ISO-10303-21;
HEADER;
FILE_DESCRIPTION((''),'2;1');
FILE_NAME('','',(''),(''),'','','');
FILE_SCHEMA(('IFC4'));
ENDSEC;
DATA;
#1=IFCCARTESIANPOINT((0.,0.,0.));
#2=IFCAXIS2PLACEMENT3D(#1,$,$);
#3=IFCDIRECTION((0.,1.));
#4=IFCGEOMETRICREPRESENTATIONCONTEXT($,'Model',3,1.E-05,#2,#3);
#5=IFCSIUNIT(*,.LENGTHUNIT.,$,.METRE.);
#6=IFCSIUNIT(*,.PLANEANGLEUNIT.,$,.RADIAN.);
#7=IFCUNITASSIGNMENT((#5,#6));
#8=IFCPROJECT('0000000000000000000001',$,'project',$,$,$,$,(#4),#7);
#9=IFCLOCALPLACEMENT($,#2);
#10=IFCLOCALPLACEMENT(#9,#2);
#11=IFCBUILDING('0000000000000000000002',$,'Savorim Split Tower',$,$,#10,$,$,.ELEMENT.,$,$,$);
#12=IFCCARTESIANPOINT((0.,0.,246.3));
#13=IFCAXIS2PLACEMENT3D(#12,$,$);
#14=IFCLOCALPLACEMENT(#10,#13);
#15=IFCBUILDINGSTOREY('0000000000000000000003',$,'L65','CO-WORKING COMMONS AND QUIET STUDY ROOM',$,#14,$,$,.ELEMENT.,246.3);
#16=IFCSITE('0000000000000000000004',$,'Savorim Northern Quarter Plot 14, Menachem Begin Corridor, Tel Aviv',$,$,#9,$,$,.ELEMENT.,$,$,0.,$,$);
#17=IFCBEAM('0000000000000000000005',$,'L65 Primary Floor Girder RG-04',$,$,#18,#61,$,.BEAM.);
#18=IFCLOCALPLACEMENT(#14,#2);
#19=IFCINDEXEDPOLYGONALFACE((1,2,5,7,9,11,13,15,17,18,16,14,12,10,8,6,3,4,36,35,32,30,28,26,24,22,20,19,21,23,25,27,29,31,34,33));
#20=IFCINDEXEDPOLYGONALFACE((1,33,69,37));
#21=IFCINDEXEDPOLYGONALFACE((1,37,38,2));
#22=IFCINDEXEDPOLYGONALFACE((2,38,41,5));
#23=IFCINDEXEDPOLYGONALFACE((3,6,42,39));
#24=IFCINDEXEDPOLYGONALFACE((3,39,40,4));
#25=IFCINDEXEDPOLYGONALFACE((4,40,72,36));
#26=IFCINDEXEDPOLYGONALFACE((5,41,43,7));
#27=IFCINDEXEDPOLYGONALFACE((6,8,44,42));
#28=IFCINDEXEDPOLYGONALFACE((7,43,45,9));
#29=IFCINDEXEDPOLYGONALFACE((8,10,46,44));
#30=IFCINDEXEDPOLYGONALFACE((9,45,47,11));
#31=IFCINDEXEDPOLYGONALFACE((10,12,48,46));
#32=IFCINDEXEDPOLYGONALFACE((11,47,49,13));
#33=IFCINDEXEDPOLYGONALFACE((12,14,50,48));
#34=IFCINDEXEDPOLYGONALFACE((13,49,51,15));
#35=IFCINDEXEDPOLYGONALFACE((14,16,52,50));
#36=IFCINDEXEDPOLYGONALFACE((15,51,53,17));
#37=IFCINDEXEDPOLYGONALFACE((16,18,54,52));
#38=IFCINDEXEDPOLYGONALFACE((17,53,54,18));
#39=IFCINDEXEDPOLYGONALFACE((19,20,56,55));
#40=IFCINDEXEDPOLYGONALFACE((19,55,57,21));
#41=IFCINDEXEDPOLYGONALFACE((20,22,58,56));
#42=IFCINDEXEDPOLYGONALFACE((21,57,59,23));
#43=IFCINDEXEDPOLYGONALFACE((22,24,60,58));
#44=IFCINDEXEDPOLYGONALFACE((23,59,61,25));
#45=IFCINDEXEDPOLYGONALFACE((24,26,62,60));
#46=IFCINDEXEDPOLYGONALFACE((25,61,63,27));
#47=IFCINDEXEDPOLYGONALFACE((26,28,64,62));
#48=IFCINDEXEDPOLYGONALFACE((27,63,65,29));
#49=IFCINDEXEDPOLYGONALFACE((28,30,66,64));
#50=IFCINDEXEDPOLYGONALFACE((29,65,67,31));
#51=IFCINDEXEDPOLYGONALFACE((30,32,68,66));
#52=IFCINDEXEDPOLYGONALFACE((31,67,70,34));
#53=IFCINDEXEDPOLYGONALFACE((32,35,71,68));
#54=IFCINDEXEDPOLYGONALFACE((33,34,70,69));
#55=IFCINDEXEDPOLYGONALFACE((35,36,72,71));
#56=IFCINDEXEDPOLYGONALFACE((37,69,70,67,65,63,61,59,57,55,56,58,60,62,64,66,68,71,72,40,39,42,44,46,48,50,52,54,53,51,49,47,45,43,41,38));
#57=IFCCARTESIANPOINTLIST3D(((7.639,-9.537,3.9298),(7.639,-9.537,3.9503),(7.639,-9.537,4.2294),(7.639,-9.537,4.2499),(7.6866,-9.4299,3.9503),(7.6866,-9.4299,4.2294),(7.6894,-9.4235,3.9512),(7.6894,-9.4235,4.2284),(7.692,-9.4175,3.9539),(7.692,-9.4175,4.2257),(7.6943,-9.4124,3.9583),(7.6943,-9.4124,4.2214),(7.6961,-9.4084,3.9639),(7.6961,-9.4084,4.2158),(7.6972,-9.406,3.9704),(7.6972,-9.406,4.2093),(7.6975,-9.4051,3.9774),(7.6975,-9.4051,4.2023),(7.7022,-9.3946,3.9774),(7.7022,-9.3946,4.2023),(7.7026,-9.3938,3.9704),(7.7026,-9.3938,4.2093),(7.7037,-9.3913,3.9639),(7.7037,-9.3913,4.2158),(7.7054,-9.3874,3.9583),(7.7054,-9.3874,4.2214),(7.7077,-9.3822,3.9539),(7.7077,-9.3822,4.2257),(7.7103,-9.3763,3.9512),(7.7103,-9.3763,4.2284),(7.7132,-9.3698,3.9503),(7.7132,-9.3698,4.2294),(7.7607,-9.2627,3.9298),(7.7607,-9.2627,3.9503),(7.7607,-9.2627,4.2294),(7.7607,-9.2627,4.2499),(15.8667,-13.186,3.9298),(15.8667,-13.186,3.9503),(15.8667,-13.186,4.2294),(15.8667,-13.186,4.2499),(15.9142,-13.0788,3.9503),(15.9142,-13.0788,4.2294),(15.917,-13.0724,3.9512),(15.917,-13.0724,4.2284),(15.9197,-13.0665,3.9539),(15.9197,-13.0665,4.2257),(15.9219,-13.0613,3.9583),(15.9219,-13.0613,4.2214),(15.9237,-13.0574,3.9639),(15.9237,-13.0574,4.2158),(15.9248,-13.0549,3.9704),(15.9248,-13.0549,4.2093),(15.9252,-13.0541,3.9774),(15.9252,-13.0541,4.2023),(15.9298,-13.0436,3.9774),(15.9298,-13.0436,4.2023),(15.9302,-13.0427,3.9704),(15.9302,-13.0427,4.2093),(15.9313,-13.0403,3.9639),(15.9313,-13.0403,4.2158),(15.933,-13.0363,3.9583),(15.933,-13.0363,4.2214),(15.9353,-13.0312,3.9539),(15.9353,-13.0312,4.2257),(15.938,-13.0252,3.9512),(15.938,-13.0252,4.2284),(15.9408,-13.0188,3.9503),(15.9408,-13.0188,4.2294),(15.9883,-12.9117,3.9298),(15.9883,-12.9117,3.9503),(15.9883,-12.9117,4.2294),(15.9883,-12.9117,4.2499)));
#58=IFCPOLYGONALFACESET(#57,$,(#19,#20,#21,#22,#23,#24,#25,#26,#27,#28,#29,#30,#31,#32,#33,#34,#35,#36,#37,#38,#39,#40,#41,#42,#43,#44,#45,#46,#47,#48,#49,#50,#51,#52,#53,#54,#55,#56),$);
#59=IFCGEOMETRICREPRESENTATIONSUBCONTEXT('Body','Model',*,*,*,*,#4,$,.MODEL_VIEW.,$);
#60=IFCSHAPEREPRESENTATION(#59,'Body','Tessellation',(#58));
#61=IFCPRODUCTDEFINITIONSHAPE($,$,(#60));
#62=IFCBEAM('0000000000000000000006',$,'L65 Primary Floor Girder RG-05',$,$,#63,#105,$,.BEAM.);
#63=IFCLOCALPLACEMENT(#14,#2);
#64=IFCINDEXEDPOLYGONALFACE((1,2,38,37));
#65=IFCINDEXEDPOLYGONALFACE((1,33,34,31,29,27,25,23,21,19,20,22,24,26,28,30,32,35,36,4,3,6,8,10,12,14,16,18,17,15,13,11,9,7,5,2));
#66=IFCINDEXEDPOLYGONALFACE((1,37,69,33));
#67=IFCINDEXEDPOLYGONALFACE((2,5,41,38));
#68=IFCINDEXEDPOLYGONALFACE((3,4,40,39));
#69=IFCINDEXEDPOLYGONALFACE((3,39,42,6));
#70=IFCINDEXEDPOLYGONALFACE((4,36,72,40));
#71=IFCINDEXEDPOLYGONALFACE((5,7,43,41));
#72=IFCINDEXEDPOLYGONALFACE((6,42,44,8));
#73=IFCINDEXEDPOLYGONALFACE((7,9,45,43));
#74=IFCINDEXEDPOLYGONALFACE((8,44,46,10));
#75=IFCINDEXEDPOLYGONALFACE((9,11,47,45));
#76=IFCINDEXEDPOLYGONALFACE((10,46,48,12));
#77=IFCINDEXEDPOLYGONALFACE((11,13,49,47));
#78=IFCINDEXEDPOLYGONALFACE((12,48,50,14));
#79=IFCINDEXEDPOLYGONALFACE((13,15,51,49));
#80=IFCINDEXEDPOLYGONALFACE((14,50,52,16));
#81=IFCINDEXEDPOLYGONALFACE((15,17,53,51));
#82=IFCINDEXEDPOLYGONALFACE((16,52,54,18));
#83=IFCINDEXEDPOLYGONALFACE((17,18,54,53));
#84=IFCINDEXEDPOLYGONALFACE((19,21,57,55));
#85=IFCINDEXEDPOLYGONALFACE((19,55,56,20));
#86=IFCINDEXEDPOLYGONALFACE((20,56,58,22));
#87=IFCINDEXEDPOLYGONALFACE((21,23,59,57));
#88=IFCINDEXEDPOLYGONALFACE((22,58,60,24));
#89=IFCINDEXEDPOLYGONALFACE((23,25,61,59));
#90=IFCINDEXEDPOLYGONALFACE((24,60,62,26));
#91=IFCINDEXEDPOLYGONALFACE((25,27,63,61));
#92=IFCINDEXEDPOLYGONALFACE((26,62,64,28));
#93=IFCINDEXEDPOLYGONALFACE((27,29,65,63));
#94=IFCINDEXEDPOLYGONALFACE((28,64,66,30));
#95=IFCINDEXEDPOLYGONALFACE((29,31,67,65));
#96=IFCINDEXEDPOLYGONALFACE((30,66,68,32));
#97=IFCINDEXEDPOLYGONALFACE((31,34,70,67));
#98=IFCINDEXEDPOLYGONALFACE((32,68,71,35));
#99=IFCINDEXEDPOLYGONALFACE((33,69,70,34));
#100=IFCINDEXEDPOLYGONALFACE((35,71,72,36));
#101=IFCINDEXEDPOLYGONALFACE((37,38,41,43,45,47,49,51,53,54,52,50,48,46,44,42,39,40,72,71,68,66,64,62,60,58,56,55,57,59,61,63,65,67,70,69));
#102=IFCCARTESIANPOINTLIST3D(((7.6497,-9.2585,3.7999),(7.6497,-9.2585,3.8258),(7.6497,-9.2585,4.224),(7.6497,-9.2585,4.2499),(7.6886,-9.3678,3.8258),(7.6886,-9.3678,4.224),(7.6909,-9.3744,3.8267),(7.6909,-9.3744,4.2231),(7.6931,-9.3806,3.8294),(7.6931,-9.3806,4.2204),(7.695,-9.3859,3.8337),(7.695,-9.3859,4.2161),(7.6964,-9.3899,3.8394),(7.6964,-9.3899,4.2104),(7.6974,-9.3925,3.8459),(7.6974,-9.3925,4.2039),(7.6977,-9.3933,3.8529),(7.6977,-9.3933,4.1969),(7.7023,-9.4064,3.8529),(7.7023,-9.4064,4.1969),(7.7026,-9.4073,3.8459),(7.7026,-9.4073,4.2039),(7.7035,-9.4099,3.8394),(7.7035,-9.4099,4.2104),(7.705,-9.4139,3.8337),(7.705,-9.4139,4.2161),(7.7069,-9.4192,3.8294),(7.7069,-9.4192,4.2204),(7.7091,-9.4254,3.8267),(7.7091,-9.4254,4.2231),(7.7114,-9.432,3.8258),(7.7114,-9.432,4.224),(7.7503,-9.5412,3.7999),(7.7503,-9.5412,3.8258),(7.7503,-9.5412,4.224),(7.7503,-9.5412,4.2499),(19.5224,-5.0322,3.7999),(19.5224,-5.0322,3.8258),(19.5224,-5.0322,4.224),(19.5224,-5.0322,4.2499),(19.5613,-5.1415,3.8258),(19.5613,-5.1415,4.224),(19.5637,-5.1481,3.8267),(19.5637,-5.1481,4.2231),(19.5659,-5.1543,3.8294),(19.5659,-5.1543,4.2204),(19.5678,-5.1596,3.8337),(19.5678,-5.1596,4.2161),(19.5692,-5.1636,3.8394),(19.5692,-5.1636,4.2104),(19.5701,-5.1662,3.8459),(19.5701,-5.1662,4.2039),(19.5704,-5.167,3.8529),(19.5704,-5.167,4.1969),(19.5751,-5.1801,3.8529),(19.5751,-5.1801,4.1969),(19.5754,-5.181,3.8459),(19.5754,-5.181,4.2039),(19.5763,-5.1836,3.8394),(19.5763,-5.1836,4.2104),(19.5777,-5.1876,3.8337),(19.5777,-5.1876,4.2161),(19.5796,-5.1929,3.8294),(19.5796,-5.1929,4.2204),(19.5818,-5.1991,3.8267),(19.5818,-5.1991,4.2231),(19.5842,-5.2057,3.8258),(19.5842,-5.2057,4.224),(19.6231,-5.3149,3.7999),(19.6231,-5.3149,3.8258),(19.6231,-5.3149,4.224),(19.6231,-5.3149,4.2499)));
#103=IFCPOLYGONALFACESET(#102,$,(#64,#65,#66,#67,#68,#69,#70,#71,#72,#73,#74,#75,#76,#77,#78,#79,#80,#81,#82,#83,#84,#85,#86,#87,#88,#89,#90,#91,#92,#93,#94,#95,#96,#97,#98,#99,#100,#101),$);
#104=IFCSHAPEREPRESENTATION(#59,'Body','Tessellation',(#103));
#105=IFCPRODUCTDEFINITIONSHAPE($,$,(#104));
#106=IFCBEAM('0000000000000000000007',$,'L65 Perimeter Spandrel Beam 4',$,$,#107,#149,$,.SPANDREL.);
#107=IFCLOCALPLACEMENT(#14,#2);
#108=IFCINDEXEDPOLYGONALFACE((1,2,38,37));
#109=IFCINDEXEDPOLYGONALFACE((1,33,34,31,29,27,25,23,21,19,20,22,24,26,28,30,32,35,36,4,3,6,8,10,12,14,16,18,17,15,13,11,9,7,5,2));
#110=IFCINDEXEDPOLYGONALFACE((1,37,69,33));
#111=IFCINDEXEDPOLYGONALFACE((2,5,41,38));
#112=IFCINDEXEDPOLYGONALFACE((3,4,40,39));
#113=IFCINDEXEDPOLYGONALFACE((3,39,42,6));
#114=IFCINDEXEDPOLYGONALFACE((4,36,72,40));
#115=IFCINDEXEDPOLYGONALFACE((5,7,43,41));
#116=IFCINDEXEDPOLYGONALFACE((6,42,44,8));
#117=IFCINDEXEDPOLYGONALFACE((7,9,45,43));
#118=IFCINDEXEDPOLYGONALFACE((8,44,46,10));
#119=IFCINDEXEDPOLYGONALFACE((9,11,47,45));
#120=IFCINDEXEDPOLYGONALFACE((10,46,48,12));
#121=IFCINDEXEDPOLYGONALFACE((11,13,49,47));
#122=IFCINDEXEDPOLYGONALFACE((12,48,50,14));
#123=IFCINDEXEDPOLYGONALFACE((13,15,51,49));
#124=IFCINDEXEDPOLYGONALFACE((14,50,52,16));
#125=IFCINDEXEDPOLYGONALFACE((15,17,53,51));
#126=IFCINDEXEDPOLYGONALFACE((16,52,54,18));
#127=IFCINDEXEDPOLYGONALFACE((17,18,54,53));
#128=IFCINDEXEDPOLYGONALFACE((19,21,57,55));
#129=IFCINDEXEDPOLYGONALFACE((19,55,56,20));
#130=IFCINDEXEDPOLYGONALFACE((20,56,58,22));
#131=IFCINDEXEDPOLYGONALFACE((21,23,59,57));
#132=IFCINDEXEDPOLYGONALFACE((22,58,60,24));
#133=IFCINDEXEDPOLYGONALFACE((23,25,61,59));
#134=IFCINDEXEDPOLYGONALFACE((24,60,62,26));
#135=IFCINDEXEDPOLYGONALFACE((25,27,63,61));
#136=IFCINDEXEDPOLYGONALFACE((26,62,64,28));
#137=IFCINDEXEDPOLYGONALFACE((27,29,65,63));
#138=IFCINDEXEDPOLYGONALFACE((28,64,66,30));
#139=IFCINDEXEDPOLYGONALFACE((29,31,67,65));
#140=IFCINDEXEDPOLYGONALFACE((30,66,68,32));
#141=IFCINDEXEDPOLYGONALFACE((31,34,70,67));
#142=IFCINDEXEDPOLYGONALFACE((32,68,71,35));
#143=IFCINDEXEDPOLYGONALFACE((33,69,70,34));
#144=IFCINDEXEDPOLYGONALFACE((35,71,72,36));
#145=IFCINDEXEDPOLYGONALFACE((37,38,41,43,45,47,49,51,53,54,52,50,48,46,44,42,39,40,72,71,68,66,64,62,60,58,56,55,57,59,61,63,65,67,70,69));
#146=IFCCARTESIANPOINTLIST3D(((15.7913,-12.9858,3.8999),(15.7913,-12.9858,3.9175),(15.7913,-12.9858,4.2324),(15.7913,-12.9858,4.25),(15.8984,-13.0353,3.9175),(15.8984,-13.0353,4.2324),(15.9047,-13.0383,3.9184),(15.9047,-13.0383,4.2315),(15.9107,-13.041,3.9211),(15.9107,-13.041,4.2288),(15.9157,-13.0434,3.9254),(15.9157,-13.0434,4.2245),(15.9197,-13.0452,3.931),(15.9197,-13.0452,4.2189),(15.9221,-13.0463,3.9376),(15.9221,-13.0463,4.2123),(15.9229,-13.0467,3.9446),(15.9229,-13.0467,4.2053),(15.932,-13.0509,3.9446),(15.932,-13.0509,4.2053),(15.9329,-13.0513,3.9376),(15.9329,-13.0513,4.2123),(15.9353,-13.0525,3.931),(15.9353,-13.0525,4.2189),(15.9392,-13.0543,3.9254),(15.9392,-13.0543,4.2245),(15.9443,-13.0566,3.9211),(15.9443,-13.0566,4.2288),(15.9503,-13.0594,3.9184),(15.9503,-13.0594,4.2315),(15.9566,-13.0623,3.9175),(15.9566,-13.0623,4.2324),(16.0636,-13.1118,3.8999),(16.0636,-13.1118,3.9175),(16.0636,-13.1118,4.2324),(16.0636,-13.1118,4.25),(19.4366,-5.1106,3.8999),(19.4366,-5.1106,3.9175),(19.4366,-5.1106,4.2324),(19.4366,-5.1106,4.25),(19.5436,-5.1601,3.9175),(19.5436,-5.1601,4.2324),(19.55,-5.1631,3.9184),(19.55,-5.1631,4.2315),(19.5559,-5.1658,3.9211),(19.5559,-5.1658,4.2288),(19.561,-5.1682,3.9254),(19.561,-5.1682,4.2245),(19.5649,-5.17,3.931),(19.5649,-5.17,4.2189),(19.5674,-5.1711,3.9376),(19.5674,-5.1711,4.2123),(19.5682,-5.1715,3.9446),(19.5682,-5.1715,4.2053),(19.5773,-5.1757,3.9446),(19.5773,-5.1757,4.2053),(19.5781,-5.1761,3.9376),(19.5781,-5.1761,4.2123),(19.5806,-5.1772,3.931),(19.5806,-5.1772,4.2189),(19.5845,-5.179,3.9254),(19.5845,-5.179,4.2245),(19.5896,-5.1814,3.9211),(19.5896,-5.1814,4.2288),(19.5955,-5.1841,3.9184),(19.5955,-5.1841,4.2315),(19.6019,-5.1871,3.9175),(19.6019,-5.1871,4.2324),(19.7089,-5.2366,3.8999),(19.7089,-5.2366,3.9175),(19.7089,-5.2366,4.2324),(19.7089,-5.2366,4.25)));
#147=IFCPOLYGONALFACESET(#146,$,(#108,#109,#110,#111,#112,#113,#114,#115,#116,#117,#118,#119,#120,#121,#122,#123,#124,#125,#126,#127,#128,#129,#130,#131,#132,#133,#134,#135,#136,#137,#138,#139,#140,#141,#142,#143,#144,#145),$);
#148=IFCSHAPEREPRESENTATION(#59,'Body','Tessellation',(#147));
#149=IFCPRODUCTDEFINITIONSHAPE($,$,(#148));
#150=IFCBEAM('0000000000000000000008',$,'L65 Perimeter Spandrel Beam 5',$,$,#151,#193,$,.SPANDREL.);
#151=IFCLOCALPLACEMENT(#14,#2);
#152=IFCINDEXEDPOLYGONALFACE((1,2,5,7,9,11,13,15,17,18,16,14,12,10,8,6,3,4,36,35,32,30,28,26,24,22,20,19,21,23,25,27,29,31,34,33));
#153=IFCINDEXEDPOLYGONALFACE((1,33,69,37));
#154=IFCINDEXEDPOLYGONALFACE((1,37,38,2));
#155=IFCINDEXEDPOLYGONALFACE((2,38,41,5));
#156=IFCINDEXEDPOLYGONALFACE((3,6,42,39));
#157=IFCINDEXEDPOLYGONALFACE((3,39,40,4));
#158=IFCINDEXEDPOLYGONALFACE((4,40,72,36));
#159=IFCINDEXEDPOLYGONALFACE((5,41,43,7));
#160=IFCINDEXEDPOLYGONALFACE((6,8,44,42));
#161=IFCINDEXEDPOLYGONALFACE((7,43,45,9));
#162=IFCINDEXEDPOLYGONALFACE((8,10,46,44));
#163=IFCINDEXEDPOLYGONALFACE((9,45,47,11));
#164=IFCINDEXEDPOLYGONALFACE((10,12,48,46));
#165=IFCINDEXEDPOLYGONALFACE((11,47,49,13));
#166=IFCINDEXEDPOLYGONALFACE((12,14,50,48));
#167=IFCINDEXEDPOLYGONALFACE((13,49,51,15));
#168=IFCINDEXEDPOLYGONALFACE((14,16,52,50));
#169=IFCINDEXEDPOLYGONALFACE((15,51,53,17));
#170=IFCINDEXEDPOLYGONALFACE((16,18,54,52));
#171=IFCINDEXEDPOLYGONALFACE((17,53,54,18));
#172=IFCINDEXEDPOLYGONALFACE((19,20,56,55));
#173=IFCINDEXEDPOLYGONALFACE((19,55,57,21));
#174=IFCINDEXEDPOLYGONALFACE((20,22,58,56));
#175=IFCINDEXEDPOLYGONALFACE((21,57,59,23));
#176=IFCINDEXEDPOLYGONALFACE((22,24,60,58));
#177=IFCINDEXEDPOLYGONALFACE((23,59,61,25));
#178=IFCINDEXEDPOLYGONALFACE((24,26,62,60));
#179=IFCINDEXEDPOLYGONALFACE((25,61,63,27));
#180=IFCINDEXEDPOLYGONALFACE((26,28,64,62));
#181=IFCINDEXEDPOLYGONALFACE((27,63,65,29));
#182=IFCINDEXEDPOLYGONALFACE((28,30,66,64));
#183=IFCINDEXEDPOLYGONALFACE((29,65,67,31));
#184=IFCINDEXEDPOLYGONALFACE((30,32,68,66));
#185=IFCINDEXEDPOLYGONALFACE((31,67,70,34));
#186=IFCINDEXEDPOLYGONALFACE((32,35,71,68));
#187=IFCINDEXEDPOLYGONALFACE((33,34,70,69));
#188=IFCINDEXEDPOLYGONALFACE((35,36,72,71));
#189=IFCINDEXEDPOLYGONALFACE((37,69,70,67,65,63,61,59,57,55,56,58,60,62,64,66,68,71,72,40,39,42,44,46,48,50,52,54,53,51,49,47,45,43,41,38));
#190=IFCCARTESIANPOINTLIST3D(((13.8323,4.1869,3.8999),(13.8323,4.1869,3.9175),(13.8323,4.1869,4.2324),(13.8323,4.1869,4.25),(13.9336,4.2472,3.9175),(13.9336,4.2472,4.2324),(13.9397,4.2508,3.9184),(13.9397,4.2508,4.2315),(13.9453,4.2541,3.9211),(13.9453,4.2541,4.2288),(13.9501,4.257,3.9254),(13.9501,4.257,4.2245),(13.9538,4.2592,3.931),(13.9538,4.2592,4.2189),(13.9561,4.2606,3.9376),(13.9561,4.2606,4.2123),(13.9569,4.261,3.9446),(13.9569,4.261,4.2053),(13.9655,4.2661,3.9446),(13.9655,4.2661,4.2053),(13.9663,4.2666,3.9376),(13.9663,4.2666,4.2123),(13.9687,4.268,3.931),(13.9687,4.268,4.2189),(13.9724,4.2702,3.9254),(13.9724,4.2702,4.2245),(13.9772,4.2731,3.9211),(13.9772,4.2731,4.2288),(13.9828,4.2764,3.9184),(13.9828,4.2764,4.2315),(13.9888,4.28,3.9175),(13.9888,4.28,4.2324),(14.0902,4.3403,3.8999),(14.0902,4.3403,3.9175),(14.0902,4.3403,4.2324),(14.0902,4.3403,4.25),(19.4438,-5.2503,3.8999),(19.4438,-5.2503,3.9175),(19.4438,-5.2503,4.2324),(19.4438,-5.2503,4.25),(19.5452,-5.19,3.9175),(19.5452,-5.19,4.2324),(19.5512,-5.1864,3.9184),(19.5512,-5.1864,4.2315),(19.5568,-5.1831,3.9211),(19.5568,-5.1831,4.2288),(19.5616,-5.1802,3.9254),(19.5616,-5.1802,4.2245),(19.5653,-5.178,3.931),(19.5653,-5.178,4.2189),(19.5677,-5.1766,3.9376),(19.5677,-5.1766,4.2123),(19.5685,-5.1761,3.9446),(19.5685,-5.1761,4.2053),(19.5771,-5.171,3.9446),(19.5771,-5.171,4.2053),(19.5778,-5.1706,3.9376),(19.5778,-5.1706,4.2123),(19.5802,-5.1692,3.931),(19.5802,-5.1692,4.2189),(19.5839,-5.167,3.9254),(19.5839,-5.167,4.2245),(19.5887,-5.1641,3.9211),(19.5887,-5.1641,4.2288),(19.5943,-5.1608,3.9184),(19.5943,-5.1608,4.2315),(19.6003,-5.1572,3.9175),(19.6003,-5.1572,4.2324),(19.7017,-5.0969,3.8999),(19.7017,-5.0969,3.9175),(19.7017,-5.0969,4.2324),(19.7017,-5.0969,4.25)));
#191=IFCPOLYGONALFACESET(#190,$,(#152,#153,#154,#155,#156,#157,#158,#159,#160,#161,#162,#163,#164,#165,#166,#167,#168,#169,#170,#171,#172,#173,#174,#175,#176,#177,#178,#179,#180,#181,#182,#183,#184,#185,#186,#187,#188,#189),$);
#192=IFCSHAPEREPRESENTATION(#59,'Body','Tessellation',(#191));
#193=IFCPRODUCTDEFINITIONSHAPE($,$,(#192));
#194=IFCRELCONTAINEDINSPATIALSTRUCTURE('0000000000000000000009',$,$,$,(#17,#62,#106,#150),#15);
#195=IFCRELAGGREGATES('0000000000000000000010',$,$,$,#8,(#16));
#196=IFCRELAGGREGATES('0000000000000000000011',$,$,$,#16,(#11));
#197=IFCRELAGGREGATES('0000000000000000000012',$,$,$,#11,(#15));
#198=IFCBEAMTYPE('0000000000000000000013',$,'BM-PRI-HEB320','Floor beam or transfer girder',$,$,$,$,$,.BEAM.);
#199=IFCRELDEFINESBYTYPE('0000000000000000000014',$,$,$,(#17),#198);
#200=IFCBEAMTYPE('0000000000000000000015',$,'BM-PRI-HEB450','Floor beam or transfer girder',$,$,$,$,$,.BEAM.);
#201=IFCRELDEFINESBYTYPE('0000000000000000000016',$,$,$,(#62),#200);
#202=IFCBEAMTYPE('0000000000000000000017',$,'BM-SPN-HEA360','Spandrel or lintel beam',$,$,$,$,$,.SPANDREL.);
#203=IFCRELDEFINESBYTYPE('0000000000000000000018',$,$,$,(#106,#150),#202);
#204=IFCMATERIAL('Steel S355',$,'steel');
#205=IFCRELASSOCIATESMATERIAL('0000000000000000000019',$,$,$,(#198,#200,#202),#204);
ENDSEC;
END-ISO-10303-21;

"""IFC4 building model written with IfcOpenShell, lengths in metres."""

from ifc_helpers import new_model, si_unit, direction, frame, origin, origin_2d, place, context, subcontext, project, spatial, i_section, extrude, material, material_profile, profile_set, type_object, element, save


model = new_model("IFC4")

# Units and contexts
model_context = context("Model", 3, precision=1e-05, world=origin(), true_north=direction((0.0, 1.0)))
body_context = subcontext(model_context, "Body", "Model", "MODEL_VIEW")
ifc_project = project(units=[si_unit("LENGTHUNIT", "METRE"), si_unit("PLANEANGLEUNIT", "RADIAN")], contexts=[model_context])

# Site, building, storey
site_placement = place(None, origin())
site = spatial("IfcSite", under=ifc_project, at=site_placement, Name="Savorim Northern Quarter Plot 14, Menachem Begin Corridor, Tel Aviv", CompositionType="ELEMENT", RefElevation=0.0)
building_placement = place(site_placement, origin())
building = spatial("IfcBuilding", under=site, at=building_placement, Name="Savorim Split Tower", CompositionType="ELEMENT")
storey_placement = place(building_placement, frame((0.0, 0.0, 246.3)))
storey = spatial("IfcBuildingStorey", under=building, at=storey_placement, Name="L65", Description="CO-WORKING COMMONS AND QUIET STUDY ROOM", CompositionType="ELEMENT", Elevation=246.3)

# Shared definitions
ifc_material_1 = material(Name="Steel S355", Category="steel")

# Beams
ifc_material_profile_1 = material_profile(ifc_material_1, i_section(OverallWidth=0.3, OverallDepth=0.3201, WebThickness=0.0115, FlangeThickness=0.0205, FilletRadius=0.0271, at=origin_2d()), Name="HEB 320")
ifc_profile_set_1 = profile_set([ifc_material_profile_1], Name="Steel S355")
beam_type_1 = type_object("IfcBeamType", Name="BM-PRI-HEB320", Description="Floor beam or transfer girder", PredefinedType="BEAM", material=ifc_profile_set_1)
beam_1_placement = place(storey_placement, frame((15.9275, -13.0488, 4.0898), z_axis=(-0.914131, 0.405419, 0.0), x_axis=(-0.405419, -0.914131, 0.0)))
element("IfcBeam", 1, at=beam_1_placement, inside=storey, type_object=beam_type_1, Name="L65 Primary Floor Girder RG-04", PredefinedType="BEAM", context=body_context, shape_type="SweptSolid", body=[
    extrude(i_section(OverallWidth=0.3, OverallDepth=0.3201, WebThickness=0.0115, FlangeThickness=0.0205, FilletRadius=0.0271, at=origin_2d()), origin(), (0.0, 0.0, 1.0), 9.0005),
])
ifc_material_profile_2 = material_profile(ifc_material_1, i_section(OverallWidth=0.3, OverallDepth=0.45, WebThickness=0.0139, FlangeThickness=0.0259, FilletRadius=0.0271, at=origin_2d()), Name="HEB 450")
ifc_profile_set_2 = profile_set([ifc_material_profile_2], Name="Steel S355")
beam_type_2 = type_object("IfcBeamType", Name="BM-PRI-HEB450", Description="Floor beam or transfer girder", PredefinedType="BEAM", material=ifc_profile_set_2)
beam_2_placement = place(storey_placement, frame((19.5728, -5.1736, 4.0249), z_axis=(-0.942092, -0.335353, 0.0), x_axis=(0.335353, -0.942092, 0.0)))
element("IfcBeam", 2, at=beam_2_placement, inside=storey, type_object=beam_type_2, Name="L65 Primary Floor Girder RG-05", PredefinedType="BEAM", context=body_context, shape_type="SweptSolid", body=[
    extrude(i_section(OverallWidth=0.3, OverallDepth=0.45, WebThickness=0.0139, FlangeThickness=0.0259, FilletRadius=0.0271, at=origin_2d()), origin(), (0.0, 0.0, 1.0), 12.6025),
])
ifc_material_profile_3 = material_profile(ifc_material_1, i_section(OverallWidth=0.3, OverallDepth=0.3501, WebThickness=0.01, FlangeThickness=0.0176, FilletRadius=0.0271, at=origin_2d()), Name="HEA 360")
ifc_profile_set_3 = profile_set([ifc_material_profile_3], Name="Steel S355")
beam_type_3 = type_object("IfcBeamType", Name="BM-SPN-HEA360", Description="Spandrel or lintel beam", PredefinedType="SPANDREL", material=ifc_profile_set_3)
beam_3_placement = place(storey_placement, frame((15.9275, -13.0488, 4.075), z_axis=(0.420059, 0.907497, 0.0), x_axis=(-0.907497, 0.420059, 0.0)))
element("IfcBeam", 3, at=beam_3_placement, inside=storey, type_object=beam_type_3, Name="L65 Perimeter Spandrel Beam 4", PredefinedType="SPANDREL", context=body_context, shape_type="SweptSolid", body=[
    extrude(i_section(OverallWidth=0.3, OverallDepth=0.3501, WebThickness=0.01, FlangeThickness=0.0176, FilletRadius=0.0271, at=origin_2d()), origin(), (0.0, 0.0, 1.0), 8.678),
])
beam_4_placement = place(storey_placement, frame((19.5728, -5.1736, 4.075), z_axis=(-0.511091, 0.859527, 0.0), x_axis=(-0.859527, -0.511091, 0.0)))
element("IfcBeam", 4, at=beam_4_placement, inside=storey, type_object=beam_type_3, Name="L65 Perimeter Spandrel Beam 5", PredefinedType="SPANDREL", context=body_context, shape_type="SweptSolid", body=[
    extrude(i_section(OverallWidth=0.3, OverallDepth=0.3501, WebThickness=0.01, FlangeThickness=0.0176, FilletRadius=0.0271, at=origin_2d()), origin(), (0.0, 0.0, 1.0), 10.9795),
])

save(model, "model.ifc")
